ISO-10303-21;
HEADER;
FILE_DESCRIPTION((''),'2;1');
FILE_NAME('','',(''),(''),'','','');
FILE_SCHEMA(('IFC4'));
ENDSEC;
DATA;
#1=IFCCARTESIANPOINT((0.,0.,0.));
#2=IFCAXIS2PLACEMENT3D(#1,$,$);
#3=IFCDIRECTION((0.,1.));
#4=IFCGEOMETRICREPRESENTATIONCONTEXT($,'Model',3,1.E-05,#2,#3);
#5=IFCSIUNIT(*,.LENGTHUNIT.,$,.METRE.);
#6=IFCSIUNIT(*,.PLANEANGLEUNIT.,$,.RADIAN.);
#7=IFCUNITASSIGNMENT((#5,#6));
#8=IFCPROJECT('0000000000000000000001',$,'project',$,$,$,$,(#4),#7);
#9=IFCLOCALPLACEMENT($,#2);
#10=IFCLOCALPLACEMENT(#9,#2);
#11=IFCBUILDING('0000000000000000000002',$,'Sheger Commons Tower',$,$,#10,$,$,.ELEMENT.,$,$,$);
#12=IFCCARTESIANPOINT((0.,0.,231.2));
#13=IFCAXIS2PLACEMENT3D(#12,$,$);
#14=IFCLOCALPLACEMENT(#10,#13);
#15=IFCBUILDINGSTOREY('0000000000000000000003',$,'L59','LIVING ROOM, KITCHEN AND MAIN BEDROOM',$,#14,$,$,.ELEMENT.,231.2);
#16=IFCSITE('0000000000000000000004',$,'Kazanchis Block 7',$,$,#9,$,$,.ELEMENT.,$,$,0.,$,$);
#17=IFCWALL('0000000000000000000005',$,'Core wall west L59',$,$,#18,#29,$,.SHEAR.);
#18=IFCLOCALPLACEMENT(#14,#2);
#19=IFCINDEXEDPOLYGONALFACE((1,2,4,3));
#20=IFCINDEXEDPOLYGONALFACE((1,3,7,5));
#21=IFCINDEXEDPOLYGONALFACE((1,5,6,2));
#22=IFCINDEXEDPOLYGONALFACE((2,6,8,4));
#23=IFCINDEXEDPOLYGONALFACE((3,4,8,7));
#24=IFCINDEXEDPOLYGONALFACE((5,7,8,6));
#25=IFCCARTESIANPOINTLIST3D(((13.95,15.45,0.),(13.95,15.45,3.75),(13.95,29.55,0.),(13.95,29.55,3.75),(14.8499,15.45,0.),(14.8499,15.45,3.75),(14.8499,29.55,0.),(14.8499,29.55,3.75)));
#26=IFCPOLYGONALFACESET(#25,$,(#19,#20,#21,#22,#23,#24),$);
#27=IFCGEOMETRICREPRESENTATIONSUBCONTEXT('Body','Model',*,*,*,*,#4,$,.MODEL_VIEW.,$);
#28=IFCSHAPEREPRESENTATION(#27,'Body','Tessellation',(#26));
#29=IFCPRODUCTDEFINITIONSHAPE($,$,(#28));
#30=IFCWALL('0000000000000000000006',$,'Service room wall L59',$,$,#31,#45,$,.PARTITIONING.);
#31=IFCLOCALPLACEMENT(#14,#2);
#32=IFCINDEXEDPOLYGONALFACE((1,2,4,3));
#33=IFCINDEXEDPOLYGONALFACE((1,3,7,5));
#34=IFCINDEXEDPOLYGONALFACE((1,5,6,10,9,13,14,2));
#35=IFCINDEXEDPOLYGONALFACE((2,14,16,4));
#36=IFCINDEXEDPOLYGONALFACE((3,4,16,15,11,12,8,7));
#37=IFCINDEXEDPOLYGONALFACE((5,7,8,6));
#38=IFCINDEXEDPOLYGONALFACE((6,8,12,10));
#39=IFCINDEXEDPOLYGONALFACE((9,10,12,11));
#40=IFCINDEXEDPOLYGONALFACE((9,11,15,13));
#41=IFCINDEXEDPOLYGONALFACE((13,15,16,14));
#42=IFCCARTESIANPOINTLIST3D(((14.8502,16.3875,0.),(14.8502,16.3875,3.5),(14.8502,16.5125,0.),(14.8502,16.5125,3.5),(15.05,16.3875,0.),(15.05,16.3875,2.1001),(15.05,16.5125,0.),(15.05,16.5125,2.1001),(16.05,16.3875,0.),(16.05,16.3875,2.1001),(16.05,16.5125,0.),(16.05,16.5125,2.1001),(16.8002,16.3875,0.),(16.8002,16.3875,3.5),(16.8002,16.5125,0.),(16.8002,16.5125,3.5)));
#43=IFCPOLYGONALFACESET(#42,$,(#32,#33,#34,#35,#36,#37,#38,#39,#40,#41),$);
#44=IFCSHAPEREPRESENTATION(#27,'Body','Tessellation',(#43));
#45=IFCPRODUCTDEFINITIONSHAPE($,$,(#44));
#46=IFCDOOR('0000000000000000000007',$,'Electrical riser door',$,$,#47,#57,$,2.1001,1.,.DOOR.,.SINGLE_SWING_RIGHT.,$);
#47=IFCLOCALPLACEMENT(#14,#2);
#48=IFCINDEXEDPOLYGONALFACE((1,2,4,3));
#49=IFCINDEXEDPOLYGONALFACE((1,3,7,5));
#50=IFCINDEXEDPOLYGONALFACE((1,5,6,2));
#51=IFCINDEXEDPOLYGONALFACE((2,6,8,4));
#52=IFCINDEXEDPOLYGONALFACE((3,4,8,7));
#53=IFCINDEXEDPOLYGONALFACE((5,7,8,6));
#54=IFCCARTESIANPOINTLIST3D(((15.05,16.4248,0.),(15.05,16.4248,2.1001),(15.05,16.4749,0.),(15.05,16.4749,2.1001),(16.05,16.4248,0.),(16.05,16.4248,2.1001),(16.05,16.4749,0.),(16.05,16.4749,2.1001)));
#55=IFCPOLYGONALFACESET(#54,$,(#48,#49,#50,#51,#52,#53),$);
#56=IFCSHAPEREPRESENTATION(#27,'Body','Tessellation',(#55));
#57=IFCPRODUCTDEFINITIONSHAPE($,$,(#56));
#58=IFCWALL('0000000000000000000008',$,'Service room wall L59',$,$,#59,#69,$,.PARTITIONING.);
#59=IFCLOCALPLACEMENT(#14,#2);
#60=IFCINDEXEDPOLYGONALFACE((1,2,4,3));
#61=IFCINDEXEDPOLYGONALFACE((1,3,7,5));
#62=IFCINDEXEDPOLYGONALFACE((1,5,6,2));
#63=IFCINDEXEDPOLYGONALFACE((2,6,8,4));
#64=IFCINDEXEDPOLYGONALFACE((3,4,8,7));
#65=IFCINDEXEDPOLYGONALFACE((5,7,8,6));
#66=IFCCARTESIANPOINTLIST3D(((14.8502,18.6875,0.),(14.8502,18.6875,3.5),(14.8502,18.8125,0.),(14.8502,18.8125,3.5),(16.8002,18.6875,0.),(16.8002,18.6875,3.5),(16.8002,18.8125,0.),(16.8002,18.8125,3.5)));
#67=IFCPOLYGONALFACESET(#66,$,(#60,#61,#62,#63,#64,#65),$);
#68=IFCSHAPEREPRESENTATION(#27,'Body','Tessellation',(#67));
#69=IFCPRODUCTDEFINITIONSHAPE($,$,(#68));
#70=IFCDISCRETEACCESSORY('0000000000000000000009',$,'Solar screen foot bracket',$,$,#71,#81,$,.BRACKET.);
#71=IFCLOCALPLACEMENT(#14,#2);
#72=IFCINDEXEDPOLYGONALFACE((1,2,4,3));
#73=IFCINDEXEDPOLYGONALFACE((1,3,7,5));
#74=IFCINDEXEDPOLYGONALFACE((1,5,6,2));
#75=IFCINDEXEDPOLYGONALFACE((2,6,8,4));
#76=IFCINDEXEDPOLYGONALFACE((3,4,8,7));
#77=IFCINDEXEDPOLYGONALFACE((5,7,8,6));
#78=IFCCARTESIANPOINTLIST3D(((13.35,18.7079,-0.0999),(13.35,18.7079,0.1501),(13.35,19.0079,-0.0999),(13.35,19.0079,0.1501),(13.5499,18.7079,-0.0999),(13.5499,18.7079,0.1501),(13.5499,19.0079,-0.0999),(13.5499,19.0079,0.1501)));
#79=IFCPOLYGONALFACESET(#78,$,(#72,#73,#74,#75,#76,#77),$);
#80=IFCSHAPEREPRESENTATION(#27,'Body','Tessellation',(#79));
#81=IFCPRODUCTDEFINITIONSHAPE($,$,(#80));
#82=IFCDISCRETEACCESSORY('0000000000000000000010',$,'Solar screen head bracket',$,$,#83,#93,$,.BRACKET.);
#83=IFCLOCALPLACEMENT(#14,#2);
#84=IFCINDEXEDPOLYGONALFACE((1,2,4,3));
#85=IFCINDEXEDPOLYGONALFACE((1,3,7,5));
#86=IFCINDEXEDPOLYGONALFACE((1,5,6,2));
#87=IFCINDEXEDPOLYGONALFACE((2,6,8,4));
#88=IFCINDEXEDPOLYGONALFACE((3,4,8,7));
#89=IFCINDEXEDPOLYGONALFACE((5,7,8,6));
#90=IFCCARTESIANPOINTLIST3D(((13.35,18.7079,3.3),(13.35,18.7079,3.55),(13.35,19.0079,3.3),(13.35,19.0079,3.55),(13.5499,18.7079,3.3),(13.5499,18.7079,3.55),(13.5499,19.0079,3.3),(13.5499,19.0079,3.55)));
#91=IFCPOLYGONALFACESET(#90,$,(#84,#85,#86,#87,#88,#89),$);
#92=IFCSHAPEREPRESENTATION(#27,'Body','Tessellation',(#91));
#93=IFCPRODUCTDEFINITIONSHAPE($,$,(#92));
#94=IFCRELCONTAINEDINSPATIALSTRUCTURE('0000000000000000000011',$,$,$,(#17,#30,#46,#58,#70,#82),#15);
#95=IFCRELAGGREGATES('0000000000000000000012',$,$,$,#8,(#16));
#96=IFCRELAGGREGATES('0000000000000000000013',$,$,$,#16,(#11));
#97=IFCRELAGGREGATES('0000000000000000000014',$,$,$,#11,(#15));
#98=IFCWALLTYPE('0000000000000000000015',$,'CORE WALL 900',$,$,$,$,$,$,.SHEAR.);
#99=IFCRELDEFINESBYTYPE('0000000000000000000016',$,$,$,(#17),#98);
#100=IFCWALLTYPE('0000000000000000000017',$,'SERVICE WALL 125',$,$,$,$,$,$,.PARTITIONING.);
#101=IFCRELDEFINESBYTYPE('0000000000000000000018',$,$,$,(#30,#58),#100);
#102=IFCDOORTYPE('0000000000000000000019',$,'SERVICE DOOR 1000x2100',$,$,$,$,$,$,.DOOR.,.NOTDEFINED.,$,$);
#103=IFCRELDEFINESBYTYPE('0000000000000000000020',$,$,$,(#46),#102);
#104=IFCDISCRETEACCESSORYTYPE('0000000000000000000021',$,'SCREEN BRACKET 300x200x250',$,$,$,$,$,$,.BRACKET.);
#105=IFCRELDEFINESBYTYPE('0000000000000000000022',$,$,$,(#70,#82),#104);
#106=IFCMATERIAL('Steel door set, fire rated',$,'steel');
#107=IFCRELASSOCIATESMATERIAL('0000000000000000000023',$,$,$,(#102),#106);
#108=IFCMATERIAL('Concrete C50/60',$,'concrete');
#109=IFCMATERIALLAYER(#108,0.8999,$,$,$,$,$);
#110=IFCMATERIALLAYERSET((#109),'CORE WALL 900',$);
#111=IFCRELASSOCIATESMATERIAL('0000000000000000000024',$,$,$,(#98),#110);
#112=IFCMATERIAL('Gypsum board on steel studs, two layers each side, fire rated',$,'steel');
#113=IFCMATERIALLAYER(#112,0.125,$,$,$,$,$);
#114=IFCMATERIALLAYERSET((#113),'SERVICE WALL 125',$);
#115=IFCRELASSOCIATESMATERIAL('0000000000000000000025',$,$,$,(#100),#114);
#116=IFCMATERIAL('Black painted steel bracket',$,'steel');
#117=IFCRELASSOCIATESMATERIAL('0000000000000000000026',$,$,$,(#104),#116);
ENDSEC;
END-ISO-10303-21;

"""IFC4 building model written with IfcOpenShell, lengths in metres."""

from ifc_helpers import new_model, si_unit, direction, frame, frame_2d, origin, origin_2d, place, context, subcontext, project, spatial, rectangle, extrude, material, layer, layer_set, type_object, element, fill, save


model = new_model("IFC4")

# Units and contexts
model_context = context("Model", 3, precision=1e-05, world=origin(), true_north=direction((0.0, 1.0)))
body_context = subcontext(model_context, "Body", "Model", "MODEL_VIEW")
ifc_project = project(units=[si_unit("LENGTHUNIT", "METRE"), si_unit("PLANEANGLEUNIT", "RADIAN")], contexts=[model_context])

# Site, building, storey
site_placement = place(None, origin())
site = spatial("IfcSite", under=ifc_project, at=site_placement, Name="Kazanchis Block 7", CompositionType="ELEMENT", RefElevation=0.0)
building_placement = place(site_placement, origin())
building = spatial("IfcBuilding", under=site, at=building_placement, Name="Sheger Commons Tower", CompositionType="ELEMENT")
storey_placement = place(building_placement, frame((0.0, 0.0, 231.2)))
storey = spatial("IfcBuildingStorey", under=building, at=storey_placement, Name="L59", Description="LIVING ROOM, KITCHEN AND MAIN BEDROOM", CompositionType="ELEMENT", Elevation=231.2)

# Shared definitions
ifc_material_1 = material(Name="Steel door set, fire rated", Category="steel")
door_type_1 = type_object("IfcDoorType", Name="SERVICE DOOR 1000x2100", OperationType="NOTDEFINED", PredefinedType="DOOR", material=ifc_material_1)
ifc_material_2 = material(Name="Concrete C50/60", Category="concrete")
ifc_layer_1 = layer(ifc_material_2, 0.8999)
ifc_layer_set_1 = layer_set([ifc_layer_1], Name="CORE WALL 900")
wall_type_1 = type_object("IfcWallType", Name="CORE WALL 900", PredefinedType="SHEAR", material=ifc_layer_set_1)

# Wall
wall_1_placement = place(storey_placement, frame((14.3999, 15.45, 0.0), z_axis=(0.0, 0.0, 1.0), x_axis=(0.0, 1.0, 0.0)))
element("IfcWall", 1, at=wall_1_placement, inside=storey, type_object=wall_type_1, Name="Core wall west L59", PredefinedType="SHEAR", context=body_context, shape_type="SweptSolid", body=[
    extrude(rectangle(XDim=14.1001, YDim=0.8999, at=frame_2d((7.05, 0.0))), origin(), (0.0, 0.0, 1.0), 3.75),
])

# Wall, opening, door
ifc_material_3 = material(Name="Gypsum board on steel studs, two layers each side, fire rated", Category="steel")
ifc_layer_2 = layer(ifc_material_3, 0.125)
ifc_layer_set_2 = layer_set([ifc_layer_2], Name="SERVICE WALL 125")
wall_type_2 = type_object("IfcWallType", Name="SERVICE WALL 125", PredefinedType="PARTITIONING", material=ifc_layer_set_2)
wall_2_placement = place(storey_placement, frame((14.8501, 16.45, 0.0), z_axis=(0.0, 0.0, 1.0), x_axis=(1.0, 0.0, 0.0)))
wall_2 = element("IfcWall", 2, at=wall_2_placement, inside=storey, type_object=wall_type_2, Name="Service room wall L59", PredefinedType="PARTITIONING", context=body_context, shape_type="SweptSolid", body=[
    extrude(rectangle(XDim=1.95, YDim=0.125, at=frame_2d((0.9751, 0.0))), origin(), (0.0, 0.0, 1.0), 3.5),
])
opening_1_placement = place(wall_2_placement, frame((0.2, 0.0, 0.0)))
opening_1 = element("IfcOpeningElement", 3, at=opening_1_placement, cuts=wall_2, PredefinedType="OPENING", context=body_context, shape_type="SweptSolid", body=[
    extrude(rectangle(XDim=1.0, YDim=2.1001, at=frame_2d((0.5, 1.05))), frame((0.0, 0.0725, 0.0), z_axis=(0.0, -1.0, 0.0), x_axis=(1.0, 0.0, 0.0)), (0.0, 0.0, 1.0), 0.145),
])
door_1_placement = place(opening_1_placement, origin())
door_1 = element("IfcDoor", 4, at=door_1_placement, inside=storey, type_object=door_type_1, Name="Electrical riser door", OperationType="SINGLE_SWING_RIGHT", OverallHeight=2.1001, OverallWidth=1.0, PredefinedType="DOOR", context=body_context, shape_type="SweptSolid", body=[
    extrude(rectangle(XDim=1.0, YDim=2.1001, at=frame_2d((0.5, 1.05))), frame((0.0, 0.0249, 0.0), z_axis=(0.0, -1.0, 0.0), x_axis=(1.0, 0.0, 0.0)), (0.0, 0.0, 1.0), 0.05),
])
fill(opening_1, door_1)

# Wall
wall_3_placement = place(storey_placement, frame((14.8501, 18.75, 0.0), z_axis=(0.0, 0.0, 1.0), x_axis=(1.0, 0.0, 0.0)))
element("IfcWall", 5, at=wall_3_placement, inside=storey, type_object=wall_type_2, Name="Service room wall L59", PredefinedType="PARTITIONING", context=body_context, shape_type="SweptSolid", body=[
    extrude(rectangle(XDim=1.95, YDim=0.125, at=frame_2d((0.9751, 0.0))), origin(), (0.0, 0.0, 1.0), 3.5),
])

# Discrete accessories
ifc_material_4 = material(Name="Black painted steel bracket", Category="steel")
discrete_accessory_type = type_object("IfcDiscreteAccessoryType", Name="SCREEN BRACKET 300x200x250", PredefinedType="BRACKET", material=ifc_material_4)
for number, where, z_axis, x_axis, name in (
    (6, (13.45, 18.8579, -0.0999), (0.0, 0.0, 1.0), (0.0, -1.0, 0.0), "Solar screen foot bracket"),
    (7, (13.45, 18.8579, 3.3), (0.0, 0.0, 1.0), (0.0, -1.0, 0.0), "Solar screen head bracket"),
):
    element("IfcDiscreteAccessory", number, at=place(storey_placement, frame(where, z_axis=z_axis, x_axis=x_axis)), inside=storey, type_object=discrete_accessory_type, Name=name, PredefinedType="BRACKET", context=body_context, shape_type="SweptSolid", body=[
        extrude(rectangle(XDim=0.3, YDim=0.2, at=origin_2d()), origin(), (0.0, 0.0, 1.0), 0.25),
    ])

save(model, "model.ifc")
